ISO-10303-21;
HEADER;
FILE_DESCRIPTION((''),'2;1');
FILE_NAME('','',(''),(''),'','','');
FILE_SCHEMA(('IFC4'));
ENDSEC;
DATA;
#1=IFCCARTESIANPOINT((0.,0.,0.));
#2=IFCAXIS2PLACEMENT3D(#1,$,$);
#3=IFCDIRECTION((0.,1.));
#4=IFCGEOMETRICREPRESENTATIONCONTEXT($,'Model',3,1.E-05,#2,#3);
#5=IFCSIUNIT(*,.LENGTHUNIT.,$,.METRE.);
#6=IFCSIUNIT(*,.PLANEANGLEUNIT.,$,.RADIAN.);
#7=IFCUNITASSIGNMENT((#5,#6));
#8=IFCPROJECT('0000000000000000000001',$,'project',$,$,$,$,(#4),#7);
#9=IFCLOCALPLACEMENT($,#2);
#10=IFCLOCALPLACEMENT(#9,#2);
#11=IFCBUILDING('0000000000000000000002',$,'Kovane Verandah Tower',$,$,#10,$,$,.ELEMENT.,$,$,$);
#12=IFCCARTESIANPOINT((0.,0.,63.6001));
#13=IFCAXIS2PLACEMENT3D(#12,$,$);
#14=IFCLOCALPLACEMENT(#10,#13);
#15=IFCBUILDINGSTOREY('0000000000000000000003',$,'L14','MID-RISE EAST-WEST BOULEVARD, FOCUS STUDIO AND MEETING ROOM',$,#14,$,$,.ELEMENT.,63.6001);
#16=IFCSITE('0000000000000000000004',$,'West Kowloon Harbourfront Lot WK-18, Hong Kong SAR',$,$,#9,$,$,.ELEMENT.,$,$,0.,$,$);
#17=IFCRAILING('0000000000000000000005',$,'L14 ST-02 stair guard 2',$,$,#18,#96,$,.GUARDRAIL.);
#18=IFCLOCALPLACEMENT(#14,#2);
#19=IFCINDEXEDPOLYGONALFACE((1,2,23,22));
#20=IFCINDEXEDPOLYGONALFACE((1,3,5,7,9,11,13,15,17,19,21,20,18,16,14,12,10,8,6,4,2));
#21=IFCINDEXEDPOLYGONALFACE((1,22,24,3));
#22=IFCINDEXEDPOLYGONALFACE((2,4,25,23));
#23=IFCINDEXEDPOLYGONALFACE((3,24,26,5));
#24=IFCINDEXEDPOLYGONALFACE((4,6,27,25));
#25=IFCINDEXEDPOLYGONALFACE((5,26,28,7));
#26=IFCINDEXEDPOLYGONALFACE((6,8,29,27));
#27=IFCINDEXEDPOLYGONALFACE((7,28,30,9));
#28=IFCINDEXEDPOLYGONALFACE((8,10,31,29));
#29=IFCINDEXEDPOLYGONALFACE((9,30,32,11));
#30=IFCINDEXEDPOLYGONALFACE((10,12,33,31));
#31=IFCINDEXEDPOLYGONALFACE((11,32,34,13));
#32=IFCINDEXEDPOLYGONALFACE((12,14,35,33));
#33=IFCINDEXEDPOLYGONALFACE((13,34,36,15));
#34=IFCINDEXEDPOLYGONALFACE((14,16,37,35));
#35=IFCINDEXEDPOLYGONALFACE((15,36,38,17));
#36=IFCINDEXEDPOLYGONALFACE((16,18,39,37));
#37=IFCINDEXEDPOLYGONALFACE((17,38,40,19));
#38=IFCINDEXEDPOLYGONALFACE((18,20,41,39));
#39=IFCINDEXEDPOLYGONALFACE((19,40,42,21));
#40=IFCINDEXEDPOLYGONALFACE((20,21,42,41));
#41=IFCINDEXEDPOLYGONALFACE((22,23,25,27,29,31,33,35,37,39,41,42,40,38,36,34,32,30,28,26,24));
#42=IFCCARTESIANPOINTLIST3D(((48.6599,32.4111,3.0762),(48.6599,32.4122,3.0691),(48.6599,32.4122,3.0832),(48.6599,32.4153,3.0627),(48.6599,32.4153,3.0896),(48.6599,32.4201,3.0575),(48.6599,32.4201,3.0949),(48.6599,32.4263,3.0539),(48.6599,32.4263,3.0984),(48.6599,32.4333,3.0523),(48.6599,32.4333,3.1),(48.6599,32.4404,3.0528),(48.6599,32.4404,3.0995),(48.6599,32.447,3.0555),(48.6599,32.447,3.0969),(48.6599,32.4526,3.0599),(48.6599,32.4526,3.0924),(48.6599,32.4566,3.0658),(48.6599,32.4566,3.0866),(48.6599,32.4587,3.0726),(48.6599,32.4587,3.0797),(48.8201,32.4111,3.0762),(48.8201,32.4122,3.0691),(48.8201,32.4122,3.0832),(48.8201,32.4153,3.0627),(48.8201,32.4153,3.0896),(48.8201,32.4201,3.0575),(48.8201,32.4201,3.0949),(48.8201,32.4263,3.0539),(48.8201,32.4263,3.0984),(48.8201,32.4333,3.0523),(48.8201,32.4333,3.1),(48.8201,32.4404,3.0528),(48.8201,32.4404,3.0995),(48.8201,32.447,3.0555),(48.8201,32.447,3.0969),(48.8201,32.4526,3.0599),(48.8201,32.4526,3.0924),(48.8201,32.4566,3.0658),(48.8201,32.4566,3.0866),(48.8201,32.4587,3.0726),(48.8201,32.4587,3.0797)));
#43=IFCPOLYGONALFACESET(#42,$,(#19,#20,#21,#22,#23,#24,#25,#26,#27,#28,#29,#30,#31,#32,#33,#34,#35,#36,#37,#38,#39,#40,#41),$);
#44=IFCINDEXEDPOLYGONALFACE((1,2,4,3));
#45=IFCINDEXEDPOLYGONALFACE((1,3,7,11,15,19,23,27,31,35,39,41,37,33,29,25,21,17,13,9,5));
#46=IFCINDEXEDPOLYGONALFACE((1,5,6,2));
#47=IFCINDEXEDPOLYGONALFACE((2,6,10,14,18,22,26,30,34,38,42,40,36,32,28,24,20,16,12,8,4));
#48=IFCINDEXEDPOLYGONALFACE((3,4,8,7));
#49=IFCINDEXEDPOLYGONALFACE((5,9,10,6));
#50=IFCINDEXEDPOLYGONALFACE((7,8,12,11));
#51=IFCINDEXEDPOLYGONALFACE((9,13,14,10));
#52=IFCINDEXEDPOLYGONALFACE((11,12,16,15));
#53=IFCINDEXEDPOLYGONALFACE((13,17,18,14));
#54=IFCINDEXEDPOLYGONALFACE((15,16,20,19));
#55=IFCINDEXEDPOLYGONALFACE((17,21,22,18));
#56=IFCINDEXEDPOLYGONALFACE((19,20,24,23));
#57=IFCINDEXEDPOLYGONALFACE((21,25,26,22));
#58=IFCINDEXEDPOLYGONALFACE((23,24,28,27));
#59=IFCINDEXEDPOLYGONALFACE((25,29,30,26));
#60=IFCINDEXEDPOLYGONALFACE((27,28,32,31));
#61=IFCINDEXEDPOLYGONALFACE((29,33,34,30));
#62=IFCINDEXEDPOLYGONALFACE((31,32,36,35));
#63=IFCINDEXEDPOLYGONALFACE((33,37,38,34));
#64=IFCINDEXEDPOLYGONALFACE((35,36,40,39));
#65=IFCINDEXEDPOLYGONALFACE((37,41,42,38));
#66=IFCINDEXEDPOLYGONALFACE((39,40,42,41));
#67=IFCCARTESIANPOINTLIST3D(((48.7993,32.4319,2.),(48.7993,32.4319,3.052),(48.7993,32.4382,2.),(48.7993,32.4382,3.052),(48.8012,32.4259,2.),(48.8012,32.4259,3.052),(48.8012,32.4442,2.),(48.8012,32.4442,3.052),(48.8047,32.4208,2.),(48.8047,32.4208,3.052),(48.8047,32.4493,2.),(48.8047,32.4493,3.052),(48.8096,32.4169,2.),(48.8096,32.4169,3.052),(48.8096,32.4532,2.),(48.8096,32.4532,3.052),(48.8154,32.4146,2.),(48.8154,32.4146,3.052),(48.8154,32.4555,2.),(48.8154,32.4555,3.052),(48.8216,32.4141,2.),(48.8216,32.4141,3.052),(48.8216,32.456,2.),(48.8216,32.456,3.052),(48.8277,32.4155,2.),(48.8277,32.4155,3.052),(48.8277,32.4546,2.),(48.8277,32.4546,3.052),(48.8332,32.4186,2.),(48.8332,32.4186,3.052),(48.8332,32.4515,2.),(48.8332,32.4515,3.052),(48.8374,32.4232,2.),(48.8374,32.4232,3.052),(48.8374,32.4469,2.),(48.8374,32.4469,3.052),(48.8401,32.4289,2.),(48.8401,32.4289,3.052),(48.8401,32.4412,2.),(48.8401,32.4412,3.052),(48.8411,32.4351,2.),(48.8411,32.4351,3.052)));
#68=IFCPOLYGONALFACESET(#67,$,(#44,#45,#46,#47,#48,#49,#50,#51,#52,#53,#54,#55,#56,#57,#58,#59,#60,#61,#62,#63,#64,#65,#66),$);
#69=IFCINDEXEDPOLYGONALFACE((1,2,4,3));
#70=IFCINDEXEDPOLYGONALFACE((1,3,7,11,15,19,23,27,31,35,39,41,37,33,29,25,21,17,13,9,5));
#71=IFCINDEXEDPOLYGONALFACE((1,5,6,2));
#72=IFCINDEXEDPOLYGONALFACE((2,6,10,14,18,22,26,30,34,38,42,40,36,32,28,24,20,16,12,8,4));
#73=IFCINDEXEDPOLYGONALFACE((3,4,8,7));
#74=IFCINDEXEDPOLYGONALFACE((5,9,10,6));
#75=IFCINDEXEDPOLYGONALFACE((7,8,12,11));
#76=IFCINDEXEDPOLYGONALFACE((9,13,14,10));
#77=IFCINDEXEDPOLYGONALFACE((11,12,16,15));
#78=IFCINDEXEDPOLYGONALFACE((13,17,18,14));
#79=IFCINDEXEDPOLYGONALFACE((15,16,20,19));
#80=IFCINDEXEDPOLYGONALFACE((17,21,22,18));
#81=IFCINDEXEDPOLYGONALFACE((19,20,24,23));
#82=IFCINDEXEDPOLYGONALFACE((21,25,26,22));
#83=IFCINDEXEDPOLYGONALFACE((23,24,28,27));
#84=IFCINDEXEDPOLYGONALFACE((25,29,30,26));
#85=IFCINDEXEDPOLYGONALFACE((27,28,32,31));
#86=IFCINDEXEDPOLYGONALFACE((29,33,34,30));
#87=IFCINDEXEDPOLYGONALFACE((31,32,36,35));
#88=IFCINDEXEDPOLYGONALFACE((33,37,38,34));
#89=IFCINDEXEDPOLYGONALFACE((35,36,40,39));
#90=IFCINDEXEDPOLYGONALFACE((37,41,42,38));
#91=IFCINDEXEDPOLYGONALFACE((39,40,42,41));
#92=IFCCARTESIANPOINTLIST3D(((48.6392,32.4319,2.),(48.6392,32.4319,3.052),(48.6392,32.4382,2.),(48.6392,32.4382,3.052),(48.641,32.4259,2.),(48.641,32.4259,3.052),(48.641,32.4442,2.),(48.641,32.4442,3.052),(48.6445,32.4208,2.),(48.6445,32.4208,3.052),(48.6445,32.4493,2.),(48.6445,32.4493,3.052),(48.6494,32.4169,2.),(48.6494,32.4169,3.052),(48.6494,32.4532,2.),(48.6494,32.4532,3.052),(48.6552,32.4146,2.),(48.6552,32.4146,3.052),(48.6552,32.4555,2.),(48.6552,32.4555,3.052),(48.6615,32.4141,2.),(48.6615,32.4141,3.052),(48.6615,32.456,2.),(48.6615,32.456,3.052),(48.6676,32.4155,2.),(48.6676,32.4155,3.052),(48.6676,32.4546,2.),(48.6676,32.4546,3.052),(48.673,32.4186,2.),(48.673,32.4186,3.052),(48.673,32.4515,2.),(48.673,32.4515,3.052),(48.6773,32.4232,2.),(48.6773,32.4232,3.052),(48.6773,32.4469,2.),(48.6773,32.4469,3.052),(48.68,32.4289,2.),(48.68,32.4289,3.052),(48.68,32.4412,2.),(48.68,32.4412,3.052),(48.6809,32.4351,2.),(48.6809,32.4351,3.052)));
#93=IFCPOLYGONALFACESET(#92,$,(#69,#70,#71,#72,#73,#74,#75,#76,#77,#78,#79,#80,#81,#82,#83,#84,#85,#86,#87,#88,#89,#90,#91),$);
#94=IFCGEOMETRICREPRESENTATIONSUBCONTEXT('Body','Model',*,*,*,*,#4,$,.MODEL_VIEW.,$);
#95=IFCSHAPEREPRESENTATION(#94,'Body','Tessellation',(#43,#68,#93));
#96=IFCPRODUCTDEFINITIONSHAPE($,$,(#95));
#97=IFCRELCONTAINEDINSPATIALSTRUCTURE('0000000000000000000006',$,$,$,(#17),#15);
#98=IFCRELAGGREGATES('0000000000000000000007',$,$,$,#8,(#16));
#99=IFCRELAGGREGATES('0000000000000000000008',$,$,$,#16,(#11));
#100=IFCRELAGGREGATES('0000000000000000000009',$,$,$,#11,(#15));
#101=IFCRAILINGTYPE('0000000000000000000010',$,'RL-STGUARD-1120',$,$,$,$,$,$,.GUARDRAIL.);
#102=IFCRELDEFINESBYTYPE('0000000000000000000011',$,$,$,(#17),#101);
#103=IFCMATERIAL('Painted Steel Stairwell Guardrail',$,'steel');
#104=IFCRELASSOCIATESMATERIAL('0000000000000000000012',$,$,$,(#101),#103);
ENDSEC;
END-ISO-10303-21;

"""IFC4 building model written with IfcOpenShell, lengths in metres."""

from ifc_helpers import new_model, si_unit, direction, frame, origin, origin_2d, place, context, subcontext, project, spatial, circle, extrude, material, type_object, element, save


model = new_model("IFC4")

# Units and contexts
model_context = context("Model", 3, precision=1e-05, world=origin(), true_north=direction((0.0, 1.0)))
body_context = subcontext(model_context, "Body", "Model", "MODEL_VIEW")
ifc_project = project(units=[si_unit("LENGTHUNIT", "METRE"), si_unit("PLANEANGLEUNIT", "RADIAN")], contexts=[model_context])

# Site, building, storey
site_placement = place(None, origin())
site = spatial("IfcSite", under=ifc_project, at=site_placement, Name="West Kowloon Harbourfront Lot WK-18, Hong Kong SAR", CompositionType="ELEMENT", RefElevation=0.0)
building_placement = place(site_placement, origin())
building = spatial("IfcBuilding", under=site, at=building_placement, Name="Kovane Verandah Tower", CompositionType="ELEMENT")
storey_placement = place(building_placement, frame((0.0, 0.0, 63.6001)))
storey = spatial("IfcBuildingStorey", under=building, at=storey_placement, Name="L14", Description="MID-RISE EAST-WEST BOULEVARD, FOCUS STUDIO AND MEETING ROOM", CompositionType="ELEMENT", Elevation=63.6001)

# Railing
ifc_material_1 = material(Name="Painted Steel Stairwell Guardrail", Category="steel")
railing_type_1 = type_object("IfcRailingType", Name="RL-STGUARD-1120", PredefinedType="GUARDRAIL", material=ifc_material_1)
railing_1_placement = place(storey_placement, frame((48.8201, 32.4351, 2.0)))
element("IfcRailing", 1, at=railing_1_placement, inside=storey, type_object=railing_type_1, Name="L14 ST-02 stair guard 2", PredefinedType="GUARDRAIL", context=body_context, shape_type="SweptSolid", body=[
    extrude(circle(Radius=0.0239, at=origin_2d()), frame((0.0, 0.0, 1.0762), z_axis=(-1.0, 0.0, 0.0), x_axis=(0.0, -1.0, 0.0)), (0.0, 0.0, 1.0), 0.1602),
    extrude(circle(Radius=0.021, at=origin_2d()), origin(), (0.0, 0.0, 1.0), 1.052),
    extrude(circle(Radius=0.021, at=origin_2d()), frame((-0.1602, 0.0, 0.0)), (0.0, 0.0, 1.0), 1.052),
])

save(model, "model.ifc")
